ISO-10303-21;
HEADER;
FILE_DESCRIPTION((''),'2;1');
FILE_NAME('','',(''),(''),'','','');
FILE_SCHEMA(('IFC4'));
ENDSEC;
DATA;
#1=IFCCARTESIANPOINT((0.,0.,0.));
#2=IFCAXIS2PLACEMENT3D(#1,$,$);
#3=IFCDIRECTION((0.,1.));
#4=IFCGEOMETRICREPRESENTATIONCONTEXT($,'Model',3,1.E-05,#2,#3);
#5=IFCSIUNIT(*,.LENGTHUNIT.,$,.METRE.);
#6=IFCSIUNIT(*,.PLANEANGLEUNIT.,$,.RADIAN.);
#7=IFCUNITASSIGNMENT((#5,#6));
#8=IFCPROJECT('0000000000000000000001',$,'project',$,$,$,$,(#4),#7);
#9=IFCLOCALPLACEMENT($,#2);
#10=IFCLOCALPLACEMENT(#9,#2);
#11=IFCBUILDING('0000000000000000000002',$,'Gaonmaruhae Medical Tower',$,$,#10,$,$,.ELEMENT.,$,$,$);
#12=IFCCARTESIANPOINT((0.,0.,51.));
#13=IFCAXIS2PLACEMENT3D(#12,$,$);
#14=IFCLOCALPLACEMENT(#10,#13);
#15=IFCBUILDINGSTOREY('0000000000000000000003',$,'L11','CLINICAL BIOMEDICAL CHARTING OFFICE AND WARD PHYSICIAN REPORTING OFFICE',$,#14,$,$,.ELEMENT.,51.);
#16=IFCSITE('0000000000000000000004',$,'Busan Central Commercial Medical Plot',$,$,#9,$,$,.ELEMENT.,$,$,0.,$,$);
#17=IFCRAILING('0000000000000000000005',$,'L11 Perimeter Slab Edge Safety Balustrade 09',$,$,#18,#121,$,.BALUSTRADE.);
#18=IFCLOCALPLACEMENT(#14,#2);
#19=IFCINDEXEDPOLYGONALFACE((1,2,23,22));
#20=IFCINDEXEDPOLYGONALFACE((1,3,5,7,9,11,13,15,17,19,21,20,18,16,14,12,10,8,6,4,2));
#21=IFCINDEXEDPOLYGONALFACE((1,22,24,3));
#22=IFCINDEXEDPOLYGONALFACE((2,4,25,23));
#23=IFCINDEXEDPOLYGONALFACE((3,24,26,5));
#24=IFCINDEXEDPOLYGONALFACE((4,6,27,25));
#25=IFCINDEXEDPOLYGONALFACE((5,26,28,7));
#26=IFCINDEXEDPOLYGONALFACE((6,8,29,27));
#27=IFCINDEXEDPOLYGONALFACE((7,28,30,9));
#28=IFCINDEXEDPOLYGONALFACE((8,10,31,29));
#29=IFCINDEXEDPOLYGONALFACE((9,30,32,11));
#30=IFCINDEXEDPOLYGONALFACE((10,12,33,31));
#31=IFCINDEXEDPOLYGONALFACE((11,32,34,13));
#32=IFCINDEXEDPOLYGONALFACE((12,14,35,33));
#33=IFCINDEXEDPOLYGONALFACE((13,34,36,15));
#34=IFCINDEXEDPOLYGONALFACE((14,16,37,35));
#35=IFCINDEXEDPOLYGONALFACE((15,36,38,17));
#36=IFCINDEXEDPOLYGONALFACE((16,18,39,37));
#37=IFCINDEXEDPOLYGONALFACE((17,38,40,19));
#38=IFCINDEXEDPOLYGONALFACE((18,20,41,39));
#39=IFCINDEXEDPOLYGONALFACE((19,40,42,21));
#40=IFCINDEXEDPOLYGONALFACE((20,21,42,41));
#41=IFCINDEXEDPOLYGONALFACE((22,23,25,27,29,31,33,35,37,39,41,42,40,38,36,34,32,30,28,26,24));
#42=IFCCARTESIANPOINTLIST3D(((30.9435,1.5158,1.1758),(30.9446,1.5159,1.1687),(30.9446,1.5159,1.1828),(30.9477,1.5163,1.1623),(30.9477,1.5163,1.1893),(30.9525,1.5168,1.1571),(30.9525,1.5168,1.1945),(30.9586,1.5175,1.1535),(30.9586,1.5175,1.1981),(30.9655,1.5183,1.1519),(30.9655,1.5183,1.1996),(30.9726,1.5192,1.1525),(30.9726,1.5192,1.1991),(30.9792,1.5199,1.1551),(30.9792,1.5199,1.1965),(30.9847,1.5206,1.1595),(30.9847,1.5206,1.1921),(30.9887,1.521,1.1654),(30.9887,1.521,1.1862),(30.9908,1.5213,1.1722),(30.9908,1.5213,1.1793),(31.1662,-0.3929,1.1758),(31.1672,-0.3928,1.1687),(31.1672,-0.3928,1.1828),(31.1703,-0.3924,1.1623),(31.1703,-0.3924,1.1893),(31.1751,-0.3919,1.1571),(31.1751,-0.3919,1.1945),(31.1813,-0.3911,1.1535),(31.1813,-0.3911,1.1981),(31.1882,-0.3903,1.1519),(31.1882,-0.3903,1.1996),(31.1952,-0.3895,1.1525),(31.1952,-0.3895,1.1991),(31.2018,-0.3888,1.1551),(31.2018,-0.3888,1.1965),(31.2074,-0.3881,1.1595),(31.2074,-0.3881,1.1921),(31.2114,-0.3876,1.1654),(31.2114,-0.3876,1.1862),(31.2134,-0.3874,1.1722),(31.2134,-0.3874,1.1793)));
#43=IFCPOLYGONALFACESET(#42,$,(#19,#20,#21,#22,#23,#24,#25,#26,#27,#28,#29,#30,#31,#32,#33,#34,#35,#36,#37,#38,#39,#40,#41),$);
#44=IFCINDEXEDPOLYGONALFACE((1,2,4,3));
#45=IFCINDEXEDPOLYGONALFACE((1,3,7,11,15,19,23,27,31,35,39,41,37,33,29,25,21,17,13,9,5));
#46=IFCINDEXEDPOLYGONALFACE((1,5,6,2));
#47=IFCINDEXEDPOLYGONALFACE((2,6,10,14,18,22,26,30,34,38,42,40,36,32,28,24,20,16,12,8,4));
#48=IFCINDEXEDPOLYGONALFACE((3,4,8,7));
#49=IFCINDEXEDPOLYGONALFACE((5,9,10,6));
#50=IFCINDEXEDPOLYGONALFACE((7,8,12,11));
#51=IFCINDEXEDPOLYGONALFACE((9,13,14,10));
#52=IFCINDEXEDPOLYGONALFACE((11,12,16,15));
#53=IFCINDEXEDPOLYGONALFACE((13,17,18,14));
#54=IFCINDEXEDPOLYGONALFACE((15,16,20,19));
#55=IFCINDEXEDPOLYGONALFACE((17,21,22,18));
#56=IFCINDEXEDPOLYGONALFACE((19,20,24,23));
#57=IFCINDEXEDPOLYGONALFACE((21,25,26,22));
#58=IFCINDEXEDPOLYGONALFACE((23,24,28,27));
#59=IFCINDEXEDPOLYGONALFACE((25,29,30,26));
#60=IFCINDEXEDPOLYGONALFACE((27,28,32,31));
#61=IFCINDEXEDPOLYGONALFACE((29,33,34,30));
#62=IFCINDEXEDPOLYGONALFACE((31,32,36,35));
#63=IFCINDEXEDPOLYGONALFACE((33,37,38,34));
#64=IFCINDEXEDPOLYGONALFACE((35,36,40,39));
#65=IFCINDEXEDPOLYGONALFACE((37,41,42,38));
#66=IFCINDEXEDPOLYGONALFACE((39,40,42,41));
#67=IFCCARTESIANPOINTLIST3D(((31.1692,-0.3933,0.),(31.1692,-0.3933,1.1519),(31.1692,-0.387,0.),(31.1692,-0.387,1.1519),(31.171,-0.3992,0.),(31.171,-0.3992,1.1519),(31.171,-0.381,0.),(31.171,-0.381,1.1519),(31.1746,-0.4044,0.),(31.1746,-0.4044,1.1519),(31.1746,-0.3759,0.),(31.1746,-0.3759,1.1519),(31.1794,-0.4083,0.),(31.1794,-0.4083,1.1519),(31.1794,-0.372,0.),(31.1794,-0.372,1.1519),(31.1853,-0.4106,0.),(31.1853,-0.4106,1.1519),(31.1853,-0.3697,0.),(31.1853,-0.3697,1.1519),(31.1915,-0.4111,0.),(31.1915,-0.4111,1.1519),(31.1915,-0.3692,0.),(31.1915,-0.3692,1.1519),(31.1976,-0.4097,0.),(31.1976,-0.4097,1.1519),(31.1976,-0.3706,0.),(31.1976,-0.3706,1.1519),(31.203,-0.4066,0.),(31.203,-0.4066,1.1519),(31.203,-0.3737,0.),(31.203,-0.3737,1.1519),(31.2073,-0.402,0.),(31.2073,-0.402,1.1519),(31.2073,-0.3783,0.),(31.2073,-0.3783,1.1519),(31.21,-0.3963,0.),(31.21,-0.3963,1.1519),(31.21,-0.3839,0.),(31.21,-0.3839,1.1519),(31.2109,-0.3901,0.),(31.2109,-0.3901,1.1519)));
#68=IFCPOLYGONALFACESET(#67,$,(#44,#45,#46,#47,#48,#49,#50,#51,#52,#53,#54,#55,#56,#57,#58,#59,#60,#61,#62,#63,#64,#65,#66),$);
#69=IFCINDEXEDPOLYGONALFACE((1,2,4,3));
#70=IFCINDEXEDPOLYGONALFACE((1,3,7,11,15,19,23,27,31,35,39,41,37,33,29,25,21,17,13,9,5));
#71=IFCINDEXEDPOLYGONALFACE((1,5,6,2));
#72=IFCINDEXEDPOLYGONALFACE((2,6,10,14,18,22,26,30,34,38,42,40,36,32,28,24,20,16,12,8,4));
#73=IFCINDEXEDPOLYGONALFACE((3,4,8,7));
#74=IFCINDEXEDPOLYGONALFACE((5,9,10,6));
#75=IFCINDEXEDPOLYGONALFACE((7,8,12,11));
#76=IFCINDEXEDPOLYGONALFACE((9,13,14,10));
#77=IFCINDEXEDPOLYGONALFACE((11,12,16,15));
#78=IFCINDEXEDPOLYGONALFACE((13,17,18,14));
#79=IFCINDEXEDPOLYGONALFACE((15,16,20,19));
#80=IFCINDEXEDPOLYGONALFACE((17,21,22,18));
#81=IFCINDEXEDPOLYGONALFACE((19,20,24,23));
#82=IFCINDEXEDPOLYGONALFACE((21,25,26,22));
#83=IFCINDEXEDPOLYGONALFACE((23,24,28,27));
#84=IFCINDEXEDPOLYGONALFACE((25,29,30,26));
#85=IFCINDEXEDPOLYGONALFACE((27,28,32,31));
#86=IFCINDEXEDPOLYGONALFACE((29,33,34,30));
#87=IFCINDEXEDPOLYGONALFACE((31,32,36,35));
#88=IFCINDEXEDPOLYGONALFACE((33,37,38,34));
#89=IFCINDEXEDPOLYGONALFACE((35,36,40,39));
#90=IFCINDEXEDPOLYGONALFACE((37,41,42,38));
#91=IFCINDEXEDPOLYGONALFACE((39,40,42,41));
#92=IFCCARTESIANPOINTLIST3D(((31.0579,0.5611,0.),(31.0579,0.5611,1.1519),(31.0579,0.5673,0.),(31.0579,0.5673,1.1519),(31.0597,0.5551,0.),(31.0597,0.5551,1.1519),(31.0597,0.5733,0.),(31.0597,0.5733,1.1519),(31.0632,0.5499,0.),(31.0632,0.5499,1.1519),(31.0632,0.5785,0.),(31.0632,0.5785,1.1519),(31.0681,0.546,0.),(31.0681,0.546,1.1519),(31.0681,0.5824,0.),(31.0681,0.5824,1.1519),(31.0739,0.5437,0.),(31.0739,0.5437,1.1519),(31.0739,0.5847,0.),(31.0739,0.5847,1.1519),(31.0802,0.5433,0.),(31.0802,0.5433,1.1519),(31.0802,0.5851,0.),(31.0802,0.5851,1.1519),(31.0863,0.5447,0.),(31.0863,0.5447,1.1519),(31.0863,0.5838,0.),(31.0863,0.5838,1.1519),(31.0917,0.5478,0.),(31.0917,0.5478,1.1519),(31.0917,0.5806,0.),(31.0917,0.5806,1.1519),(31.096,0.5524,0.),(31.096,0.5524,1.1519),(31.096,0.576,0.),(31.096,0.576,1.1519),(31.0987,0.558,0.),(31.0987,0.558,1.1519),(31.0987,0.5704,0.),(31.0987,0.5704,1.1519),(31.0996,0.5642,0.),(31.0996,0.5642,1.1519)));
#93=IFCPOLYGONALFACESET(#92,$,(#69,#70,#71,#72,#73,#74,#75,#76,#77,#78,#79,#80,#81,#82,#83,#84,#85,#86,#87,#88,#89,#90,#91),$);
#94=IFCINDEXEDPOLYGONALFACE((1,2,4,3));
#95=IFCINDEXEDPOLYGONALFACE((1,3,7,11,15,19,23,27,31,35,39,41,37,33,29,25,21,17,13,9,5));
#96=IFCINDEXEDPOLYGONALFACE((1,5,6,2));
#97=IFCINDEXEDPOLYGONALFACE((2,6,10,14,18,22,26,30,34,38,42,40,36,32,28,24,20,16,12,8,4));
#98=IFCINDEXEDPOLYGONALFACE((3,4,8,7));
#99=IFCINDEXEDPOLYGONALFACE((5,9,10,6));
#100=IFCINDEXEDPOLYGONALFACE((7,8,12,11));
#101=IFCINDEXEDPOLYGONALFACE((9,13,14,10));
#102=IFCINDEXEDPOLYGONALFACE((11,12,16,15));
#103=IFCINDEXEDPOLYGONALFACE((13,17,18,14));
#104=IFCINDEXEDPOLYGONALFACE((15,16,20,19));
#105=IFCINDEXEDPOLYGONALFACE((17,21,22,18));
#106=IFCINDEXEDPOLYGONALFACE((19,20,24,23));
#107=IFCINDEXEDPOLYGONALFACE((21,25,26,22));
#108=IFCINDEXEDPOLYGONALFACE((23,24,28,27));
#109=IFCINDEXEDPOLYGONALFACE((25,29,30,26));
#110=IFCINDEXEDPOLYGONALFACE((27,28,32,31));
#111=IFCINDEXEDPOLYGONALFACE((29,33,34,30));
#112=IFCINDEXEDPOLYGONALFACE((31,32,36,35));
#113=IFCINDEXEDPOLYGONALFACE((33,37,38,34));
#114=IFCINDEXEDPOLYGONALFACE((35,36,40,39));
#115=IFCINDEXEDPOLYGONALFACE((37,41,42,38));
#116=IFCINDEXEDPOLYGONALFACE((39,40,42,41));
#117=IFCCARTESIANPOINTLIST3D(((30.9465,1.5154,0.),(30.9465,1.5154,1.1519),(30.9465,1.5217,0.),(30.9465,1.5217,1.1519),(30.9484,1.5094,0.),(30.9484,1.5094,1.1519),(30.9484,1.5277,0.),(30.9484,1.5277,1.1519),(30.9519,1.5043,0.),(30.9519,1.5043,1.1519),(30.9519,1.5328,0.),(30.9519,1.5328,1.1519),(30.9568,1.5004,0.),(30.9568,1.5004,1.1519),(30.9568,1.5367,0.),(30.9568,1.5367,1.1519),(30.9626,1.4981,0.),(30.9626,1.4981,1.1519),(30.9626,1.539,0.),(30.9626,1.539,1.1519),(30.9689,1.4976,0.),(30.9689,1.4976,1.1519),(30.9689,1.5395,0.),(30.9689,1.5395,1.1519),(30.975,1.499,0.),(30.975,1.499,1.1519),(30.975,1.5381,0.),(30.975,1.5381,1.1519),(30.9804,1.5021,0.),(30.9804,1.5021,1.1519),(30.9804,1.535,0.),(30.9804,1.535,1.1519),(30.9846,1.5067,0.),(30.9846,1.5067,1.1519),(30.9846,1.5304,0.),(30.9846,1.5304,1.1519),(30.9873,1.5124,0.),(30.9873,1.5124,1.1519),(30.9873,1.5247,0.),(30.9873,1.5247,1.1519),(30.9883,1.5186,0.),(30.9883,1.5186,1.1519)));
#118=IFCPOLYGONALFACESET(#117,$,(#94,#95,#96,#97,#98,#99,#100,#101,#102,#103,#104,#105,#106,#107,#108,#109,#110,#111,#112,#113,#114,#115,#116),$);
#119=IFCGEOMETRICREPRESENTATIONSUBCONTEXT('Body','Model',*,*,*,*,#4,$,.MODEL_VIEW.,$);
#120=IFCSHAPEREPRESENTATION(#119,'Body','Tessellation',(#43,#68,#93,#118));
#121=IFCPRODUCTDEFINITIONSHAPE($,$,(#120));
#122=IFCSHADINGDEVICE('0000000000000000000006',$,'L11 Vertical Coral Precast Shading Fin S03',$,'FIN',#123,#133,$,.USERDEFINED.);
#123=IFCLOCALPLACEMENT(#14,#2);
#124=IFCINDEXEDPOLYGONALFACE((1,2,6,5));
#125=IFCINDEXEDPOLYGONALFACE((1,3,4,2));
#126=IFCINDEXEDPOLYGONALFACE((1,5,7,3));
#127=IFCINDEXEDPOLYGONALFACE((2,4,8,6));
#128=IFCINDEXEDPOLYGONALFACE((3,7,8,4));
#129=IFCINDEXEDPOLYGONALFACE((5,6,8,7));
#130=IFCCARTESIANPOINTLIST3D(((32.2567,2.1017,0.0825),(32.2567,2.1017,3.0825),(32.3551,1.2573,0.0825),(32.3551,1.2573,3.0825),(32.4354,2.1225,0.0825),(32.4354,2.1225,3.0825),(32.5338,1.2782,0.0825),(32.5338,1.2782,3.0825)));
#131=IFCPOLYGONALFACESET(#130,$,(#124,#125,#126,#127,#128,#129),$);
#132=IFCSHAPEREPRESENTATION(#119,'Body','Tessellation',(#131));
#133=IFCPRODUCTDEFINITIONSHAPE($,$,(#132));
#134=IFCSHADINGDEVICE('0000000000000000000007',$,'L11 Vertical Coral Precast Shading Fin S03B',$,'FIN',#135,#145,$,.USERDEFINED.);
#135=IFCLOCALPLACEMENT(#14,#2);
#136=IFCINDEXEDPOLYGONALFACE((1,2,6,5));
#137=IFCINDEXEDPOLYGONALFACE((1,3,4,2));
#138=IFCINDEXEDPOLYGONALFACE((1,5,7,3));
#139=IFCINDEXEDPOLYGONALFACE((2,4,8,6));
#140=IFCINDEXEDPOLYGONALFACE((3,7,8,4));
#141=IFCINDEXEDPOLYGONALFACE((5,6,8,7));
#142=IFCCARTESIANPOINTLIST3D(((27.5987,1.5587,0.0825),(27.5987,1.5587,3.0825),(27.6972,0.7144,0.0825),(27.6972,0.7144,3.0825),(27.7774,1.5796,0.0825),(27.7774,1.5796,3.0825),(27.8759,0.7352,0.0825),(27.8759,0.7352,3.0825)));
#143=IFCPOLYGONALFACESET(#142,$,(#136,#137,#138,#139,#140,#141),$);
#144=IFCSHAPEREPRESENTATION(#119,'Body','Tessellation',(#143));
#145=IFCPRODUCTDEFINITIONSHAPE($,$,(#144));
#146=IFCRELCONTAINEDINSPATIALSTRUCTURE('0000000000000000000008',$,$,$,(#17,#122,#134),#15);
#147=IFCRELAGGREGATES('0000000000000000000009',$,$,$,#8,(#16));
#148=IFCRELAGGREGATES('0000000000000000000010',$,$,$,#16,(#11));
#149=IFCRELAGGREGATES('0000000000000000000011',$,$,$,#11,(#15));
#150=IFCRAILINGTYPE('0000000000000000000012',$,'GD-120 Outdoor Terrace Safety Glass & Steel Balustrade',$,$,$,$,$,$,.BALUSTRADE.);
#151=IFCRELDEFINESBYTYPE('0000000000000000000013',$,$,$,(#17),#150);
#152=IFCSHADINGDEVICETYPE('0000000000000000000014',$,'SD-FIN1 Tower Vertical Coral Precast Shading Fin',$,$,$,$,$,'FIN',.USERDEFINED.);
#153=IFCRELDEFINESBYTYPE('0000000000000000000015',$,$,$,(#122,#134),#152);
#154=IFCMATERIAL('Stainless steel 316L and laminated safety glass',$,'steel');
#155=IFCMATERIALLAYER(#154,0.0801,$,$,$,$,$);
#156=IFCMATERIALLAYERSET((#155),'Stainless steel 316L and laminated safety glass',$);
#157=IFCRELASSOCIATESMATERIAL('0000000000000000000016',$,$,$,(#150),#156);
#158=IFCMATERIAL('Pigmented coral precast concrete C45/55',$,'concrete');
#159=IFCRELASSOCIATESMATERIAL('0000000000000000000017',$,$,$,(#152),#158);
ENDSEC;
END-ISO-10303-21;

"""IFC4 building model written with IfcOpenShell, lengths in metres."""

from ifc_helpers import new_model, si_unit, direction, frame, origin, origin_2d, place, context, subcontext, project, spatial, rectangle, circle, extrude, material, layer, layer_set, type_object, element, save


model = new_model("IFC4")

# Units and contexts
model_context = context("Model", 3, precision=1e-05, world=origin(), true_north=direction((0.0, 1.0)))
body_context = subcontext(model_context, "Body", "Model", "MODEL_VIEW")
ifc_project = project(units=[si_unit("LENGTHUNIT", "METRE"), si_unit("PLANEANGLEUNIT", "RADIAN")], contexts=[model_context])

# Site, building, storey
site_placement = place(None, origin())
site = spatial("IfcSite", under=ifc_project, at=site_placement, Name="Busan Central Commercial Medical Plot", CompositionType="ELEMENT", RefElevation=0.0)
building_placement = place(site_placement, origin())
building = spatial("IfcBuilding", under=site, at=building_placement, Name="Gaonmaruhae Medical Tower", CompositionType="ELEMENT")
storey_placement = place(building_placement, frame((0.0, 0.0, 51.0)))
storey = spatial("IfcBuildingStorey", under=building, at=storey_placement, Name="L11", Description="CLINICAL BIOMEDICAL CHARTING OFFICE AND WARD PHYSICIAN REPORTING OFFICE", CompositionType="ELEMENT", Elevation=51.0)

# Railing
ifc_material_1 = material(Name="Stainless steel 316L and laminated safety glass", Category="steel")
ifc_layer_1 = layer(ifc_material_1, 0.0801)
ifc_layer_set_1 = layer_set([ifc_layer_1], Name="Stainless steel 316L and laminated safety glass")
railing_type = type_object("IfcRailingType", Name="GD-120 Outdoor Terrace Safety Glass & Steel Balustrade", PredefinedType="BALUSTRADE", material=ifc_layer_set_1)
railing_1_placement = place(storey_placement, frame((31.1899, -0.3901, 0.0)))
element("IfcRailing", 1, at=railing_1_placement, inside=storey, type_object=railing_type, Name="L11 Perimeter Slab Edge Safety Balustrade 09", PredefinedType="BALUSTRADE", context=body_context, shape_type="SweptSolid", body=[
    extrude(circle(Radius=0.0239, at=origin_2d()), frame((0.0, 0.0, 1.1758), z_axis=(-0.115868, 0.993265, 0.0), x_axis=(-0.993265, -0.115868, 0.0)), (0.0, 0.0, 1.0), 1.9216),
    extrude(circle(Radius=0.021, at=origin_2d()), origin(), (0.0, 0.0, 1.0), 1.1519),
    extrude(circle(Radius=0.021, at=origin_2d()), frame((-0.1113, 0.9543, 0.0)), (0.0, 0.0, 1.0), 1.1519),
    extrude(circle(Radius=0.021, at=origin_2d()), frame((-0.2227, 1.9087, 0.0)), (0.0, 0.0, 1.0), 1.1519),
])

# Shading devices
ifc_material_2 = material(Name="Pigmented coral precast concrete C45/55", Category="concrete")
shading_device_type = type_object("IfcShadingDeviceType", Name="SD-FIN1 Tower Vertical Coral Precast Shading Fin", ElementType="FIN", PredefinedType="USERDEFINED", material=ifc_material_2)
for number, where, z_axis, x_axis, name in (
    (2, (32.3953, 1.6899, 0.0825), (0.0, 0.0, 1.0), (-0.993272, -0.115804, 0.0), "L11 Vertical Coral Precast Shading Fin S03"),
    (3, (27.7373, 1.147, 0.0825), (0.0, 0.0, 1.0), (-0.993272, -0.115804, 0.0), "L11 Vertical Coral Precast Shading Fin S03B"),
):
    element("IfcShadingDevice", number, at=place(storey_placement, frame(where, z_axis=z_axis, x_axis=x_axis)), inside=storey, type_object=shading_device_type, Name=name, ObjectType="FIN", PredefinedType="USERDEFINED", context=body_context, shape_type="SweptSolid", body=[
        extrude(rectangle(XDim=0.1799, YDim=0.8501, at=origin_2d()), origin(), (0.0, 0.0, 1.0), 3.0),
    ])

save(model, "model.ifc")
